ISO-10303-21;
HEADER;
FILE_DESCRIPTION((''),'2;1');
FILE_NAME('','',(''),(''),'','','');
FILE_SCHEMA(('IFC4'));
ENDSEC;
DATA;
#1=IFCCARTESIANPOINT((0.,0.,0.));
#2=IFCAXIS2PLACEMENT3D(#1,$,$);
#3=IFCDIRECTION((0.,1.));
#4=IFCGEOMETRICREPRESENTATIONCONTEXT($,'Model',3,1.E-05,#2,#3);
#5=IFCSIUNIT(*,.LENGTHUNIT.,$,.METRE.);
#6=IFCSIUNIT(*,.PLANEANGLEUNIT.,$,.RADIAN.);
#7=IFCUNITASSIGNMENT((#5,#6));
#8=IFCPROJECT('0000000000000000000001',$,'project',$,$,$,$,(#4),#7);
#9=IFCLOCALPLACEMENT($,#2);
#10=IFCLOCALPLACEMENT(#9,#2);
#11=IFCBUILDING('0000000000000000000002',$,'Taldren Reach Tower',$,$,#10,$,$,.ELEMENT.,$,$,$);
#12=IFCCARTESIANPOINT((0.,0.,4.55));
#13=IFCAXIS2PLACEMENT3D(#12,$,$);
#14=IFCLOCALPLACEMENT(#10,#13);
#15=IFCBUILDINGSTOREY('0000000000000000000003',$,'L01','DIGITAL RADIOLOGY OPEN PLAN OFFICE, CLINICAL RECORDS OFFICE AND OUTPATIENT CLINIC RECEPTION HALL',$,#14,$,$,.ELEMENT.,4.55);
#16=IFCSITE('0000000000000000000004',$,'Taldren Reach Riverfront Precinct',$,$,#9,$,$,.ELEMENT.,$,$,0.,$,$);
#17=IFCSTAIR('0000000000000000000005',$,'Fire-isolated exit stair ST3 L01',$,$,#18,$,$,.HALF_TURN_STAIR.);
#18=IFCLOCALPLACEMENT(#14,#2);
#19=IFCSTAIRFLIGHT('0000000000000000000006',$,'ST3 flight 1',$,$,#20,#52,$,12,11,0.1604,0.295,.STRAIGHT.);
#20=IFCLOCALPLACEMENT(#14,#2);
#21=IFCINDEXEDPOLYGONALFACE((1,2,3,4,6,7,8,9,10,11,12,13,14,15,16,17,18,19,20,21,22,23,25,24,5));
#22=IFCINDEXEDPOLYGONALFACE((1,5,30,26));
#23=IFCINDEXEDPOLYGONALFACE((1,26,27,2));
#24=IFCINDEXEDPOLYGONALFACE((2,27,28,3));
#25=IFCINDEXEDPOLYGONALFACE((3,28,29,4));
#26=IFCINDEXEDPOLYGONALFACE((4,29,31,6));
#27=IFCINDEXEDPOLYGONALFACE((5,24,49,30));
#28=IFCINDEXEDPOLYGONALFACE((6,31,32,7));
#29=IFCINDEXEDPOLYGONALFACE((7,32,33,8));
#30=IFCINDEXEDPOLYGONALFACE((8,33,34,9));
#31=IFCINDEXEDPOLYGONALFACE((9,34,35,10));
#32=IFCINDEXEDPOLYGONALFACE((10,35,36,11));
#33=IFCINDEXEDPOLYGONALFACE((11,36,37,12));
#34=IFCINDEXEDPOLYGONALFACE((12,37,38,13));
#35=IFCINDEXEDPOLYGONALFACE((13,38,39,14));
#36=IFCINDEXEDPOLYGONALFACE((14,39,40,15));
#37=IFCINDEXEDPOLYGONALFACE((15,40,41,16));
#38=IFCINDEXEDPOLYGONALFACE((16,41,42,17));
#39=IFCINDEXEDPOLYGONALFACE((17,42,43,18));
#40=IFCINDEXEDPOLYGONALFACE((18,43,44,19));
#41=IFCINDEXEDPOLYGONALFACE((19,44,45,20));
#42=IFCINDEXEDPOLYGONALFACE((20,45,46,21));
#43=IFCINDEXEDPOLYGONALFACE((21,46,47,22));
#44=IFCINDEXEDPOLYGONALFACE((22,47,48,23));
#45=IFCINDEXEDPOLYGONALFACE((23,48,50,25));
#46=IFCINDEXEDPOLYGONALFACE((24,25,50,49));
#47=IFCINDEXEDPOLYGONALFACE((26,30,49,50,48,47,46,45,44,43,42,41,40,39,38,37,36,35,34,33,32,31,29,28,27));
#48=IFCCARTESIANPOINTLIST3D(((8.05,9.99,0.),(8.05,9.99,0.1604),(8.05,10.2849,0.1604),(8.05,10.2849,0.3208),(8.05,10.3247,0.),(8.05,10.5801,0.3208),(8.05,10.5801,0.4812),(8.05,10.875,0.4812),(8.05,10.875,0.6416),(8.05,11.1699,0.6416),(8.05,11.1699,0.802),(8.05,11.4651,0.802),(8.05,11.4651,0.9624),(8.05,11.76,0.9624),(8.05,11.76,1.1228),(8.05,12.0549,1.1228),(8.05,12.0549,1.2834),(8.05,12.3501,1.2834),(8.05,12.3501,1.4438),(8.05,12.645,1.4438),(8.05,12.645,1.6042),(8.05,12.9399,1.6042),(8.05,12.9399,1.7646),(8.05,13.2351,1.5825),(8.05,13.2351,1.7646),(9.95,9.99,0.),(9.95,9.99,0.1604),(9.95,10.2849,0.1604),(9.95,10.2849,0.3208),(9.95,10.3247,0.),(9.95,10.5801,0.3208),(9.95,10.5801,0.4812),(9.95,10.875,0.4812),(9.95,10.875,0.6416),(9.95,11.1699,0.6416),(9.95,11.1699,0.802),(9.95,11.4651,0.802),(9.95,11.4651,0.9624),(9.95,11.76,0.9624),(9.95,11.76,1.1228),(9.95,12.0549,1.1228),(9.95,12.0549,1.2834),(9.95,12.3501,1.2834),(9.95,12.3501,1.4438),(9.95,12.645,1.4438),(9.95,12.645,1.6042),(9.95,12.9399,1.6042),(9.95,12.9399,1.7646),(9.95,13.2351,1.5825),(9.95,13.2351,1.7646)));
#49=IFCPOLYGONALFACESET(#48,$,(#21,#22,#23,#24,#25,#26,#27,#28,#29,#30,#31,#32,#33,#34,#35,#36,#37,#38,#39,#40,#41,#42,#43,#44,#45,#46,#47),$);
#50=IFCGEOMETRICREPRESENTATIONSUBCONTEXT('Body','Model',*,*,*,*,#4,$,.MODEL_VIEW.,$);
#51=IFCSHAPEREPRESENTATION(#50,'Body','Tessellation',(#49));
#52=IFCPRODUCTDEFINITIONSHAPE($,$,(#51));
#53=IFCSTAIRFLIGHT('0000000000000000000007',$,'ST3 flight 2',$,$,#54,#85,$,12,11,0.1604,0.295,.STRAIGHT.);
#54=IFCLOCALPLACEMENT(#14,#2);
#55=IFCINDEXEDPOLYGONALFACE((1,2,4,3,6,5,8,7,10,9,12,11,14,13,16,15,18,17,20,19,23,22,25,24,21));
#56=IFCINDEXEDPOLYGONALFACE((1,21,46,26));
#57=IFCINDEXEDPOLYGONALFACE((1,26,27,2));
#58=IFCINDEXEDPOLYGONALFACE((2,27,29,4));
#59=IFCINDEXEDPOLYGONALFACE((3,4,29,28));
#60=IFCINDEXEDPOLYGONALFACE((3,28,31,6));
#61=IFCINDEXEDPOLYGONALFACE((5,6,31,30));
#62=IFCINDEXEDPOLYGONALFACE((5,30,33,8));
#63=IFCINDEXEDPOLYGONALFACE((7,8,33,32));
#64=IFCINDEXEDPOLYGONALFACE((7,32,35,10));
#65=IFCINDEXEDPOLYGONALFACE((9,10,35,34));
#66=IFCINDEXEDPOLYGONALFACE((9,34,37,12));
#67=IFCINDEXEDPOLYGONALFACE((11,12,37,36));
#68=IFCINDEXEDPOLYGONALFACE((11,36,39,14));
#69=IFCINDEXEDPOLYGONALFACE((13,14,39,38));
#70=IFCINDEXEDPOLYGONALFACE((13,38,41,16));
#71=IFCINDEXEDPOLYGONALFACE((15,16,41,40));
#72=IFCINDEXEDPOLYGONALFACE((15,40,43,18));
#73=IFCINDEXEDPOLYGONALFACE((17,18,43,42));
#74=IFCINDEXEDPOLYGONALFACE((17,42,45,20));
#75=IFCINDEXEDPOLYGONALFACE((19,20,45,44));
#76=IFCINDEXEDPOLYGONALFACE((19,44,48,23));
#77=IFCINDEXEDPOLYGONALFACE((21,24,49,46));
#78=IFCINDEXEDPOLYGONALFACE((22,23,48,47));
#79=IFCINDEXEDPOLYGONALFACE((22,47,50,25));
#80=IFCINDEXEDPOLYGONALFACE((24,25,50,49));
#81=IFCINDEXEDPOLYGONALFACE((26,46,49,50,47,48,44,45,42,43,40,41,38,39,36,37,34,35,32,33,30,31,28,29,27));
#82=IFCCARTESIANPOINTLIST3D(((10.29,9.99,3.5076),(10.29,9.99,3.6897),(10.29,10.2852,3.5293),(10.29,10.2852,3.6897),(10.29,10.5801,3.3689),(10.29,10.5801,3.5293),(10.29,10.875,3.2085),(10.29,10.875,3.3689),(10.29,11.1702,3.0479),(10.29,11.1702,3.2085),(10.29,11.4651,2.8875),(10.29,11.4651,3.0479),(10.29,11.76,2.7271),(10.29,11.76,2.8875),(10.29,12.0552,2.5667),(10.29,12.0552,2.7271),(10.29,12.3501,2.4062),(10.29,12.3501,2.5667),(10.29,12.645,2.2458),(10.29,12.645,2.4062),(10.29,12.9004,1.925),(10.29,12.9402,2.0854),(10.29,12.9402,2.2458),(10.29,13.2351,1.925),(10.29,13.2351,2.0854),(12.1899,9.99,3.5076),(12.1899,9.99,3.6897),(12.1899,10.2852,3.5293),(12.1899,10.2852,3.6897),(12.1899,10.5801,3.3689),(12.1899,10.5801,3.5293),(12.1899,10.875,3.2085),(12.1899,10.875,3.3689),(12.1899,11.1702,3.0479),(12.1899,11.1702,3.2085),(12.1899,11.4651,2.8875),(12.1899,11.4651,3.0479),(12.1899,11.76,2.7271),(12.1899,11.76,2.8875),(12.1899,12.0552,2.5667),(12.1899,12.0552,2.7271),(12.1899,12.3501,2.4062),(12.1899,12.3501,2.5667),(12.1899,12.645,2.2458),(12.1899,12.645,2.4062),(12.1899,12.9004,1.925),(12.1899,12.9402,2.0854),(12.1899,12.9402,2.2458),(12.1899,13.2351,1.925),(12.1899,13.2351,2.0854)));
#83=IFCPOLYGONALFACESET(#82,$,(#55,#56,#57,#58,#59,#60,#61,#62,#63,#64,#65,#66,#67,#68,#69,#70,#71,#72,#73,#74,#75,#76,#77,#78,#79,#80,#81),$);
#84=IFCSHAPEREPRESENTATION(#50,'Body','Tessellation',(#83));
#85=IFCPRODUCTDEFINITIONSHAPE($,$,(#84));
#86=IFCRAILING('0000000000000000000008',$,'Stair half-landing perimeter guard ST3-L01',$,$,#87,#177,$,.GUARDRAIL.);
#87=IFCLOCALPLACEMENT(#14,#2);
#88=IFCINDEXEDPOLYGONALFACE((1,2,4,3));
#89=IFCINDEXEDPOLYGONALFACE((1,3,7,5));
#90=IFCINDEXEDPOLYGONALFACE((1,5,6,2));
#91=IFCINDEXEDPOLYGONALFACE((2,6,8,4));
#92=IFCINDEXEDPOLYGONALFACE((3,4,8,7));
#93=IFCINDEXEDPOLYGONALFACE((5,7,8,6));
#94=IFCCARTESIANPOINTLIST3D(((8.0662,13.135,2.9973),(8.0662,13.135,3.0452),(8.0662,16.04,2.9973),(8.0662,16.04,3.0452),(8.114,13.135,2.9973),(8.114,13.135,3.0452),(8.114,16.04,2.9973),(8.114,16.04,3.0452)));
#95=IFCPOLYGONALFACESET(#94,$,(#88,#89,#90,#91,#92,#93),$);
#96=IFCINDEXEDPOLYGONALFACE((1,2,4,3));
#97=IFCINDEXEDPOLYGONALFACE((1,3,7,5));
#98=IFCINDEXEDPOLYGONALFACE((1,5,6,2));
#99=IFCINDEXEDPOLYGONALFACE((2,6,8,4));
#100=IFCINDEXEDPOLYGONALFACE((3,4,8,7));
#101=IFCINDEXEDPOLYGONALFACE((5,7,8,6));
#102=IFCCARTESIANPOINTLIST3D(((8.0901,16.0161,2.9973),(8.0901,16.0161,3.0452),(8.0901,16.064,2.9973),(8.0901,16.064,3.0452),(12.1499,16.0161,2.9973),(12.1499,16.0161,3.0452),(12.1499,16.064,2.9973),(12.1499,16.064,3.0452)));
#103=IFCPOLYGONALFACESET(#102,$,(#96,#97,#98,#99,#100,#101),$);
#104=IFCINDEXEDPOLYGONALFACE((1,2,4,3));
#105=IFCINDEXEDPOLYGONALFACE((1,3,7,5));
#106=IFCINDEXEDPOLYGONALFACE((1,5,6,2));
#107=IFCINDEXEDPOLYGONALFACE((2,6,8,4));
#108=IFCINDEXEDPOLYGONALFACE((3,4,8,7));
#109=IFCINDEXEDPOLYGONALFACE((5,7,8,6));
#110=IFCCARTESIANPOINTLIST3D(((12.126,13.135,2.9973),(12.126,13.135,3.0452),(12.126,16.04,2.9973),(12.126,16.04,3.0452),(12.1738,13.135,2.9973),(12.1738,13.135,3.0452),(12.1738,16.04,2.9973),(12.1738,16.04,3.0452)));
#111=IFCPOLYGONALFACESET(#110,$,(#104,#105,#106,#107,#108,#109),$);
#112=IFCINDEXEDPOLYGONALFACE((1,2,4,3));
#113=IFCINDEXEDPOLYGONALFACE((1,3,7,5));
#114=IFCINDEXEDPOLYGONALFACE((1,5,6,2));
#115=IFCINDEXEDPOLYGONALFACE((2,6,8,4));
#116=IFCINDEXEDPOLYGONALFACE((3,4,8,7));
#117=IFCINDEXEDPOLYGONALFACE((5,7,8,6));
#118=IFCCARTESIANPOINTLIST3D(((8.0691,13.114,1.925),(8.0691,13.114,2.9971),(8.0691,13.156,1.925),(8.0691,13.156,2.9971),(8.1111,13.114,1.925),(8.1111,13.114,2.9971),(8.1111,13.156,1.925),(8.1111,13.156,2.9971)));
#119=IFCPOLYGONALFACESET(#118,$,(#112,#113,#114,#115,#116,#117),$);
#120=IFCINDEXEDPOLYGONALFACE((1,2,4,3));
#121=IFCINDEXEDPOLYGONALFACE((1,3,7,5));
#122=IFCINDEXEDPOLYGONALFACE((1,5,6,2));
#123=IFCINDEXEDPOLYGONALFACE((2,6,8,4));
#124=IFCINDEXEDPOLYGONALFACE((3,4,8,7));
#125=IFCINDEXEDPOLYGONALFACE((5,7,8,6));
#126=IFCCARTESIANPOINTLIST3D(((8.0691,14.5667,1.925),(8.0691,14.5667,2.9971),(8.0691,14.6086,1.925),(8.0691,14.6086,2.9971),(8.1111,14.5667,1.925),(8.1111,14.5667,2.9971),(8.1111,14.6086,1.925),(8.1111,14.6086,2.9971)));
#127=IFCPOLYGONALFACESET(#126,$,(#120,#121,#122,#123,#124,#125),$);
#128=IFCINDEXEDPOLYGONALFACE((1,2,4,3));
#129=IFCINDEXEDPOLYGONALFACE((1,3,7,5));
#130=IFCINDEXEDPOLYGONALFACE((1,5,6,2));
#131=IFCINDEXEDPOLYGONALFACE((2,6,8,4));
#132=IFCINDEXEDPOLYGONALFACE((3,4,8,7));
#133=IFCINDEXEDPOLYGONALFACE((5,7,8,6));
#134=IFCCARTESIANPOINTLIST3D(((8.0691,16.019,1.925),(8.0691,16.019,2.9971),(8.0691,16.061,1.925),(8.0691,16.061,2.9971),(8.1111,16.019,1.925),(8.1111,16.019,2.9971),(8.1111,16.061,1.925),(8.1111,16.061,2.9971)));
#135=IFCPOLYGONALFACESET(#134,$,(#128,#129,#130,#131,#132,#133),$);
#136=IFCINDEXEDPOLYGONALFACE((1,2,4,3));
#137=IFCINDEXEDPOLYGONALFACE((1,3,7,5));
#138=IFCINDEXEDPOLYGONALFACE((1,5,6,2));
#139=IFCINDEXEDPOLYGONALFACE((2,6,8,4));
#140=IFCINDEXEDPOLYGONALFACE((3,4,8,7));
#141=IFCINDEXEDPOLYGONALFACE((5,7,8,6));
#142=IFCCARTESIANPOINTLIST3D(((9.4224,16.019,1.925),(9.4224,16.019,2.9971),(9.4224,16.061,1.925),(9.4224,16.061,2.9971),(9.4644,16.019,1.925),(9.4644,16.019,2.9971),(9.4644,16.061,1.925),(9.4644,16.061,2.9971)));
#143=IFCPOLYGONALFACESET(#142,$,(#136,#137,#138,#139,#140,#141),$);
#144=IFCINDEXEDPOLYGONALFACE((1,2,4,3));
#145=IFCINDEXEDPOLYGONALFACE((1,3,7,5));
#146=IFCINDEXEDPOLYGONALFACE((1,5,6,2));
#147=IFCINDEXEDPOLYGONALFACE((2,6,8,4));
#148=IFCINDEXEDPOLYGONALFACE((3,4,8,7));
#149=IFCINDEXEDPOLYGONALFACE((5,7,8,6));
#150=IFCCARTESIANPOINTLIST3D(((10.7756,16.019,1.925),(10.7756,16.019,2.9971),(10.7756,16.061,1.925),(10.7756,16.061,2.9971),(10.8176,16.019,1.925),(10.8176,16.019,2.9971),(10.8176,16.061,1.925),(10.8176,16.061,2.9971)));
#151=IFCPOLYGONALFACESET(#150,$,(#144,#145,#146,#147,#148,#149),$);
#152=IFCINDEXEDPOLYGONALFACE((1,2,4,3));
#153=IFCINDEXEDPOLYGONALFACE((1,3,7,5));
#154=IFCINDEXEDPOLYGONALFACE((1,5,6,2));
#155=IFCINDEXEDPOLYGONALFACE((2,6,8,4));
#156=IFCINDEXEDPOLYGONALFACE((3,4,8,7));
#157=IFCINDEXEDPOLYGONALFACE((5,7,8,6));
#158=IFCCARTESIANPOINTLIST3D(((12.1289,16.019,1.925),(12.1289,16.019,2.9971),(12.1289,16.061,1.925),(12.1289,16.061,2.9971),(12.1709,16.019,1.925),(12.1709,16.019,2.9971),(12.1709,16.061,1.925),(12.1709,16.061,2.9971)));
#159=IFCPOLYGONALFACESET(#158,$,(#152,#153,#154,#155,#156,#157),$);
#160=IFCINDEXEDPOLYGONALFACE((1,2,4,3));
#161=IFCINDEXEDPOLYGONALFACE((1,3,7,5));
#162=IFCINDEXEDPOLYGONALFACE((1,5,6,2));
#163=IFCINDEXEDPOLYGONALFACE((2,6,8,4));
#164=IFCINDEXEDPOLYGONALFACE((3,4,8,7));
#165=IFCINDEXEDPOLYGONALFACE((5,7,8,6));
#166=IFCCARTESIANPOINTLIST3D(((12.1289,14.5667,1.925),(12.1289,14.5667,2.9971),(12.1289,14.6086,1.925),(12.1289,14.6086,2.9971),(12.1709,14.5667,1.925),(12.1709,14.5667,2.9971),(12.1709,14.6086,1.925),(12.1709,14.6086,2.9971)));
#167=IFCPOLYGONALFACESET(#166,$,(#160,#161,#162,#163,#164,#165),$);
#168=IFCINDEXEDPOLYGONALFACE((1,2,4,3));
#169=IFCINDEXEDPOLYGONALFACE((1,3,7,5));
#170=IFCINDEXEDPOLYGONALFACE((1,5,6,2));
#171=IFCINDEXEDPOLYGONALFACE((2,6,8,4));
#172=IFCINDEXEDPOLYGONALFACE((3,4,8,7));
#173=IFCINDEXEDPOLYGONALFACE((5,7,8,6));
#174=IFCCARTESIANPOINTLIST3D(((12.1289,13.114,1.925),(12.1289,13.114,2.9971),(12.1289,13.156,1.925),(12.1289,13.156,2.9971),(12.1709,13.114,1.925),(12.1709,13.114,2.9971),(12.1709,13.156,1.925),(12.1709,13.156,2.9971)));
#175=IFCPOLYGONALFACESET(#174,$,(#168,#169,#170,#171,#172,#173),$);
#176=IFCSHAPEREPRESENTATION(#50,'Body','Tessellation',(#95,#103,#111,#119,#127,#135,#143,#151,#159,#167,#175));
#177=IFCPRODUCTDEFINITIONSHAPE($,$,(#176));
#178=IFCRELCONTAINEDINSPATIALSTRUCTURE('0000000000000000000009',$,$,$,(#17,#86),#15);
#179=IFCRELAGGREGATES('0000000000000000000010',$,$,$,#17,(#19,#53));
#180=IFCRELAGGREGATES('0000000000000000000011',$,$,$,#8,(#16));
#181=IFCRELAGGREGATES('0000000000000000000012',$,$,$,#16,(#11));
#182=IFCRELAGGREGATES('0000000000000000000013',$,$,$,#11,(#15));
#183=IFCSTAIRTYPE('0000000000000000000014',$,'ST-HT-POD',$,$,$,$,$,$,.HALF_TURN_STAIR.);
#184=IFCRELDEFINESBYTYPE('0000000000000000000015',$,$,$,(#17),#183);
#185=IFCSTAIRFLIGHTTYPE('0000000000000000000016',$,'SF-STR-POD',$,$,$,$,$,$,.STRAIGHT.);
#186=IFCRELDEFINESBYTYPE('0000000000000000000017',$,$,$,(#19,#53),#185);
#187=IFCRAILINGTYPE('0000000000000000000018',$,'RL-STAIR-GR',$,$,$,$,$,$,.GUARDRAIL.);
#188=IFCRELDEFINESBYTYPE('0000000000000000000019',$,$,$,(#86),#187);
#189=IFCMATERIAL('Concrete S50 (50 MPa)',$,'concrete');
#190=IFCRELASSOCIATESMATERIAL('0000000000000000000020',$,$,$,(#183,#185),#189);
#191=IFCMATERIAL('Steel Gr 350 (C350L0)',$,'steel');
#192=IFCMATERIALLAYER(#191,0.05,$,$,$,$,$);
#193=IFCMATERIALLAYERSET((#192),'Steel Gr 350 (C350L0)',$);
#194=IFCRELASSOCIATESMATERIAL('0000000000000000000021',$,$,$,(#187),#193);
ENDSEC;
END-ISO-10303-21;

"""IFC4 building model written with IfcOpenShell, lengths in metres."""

from ifc_helpers import new_model, si_unit, direction, frame, origin, origin_2d, place, context, subcontext, project, spatial, polyline, rectangle, outline, extrude, material, layer, layer_set, type_object, element, aggregate, save


model = new_model("IFC4")

# Units and contexts
model_context = context("Model", 3, precision=1e-05, world=origin(), true_north=direction((0.0, 1.0)))
body_context = subcontext(model_context, "Body", "Model", "MODEL_VIEW")
ifc_project = project(units=[si_unit("LENGTHUNIT", "METRE"), si_unit("PLANEANGLEUNIT", "RADIAN")], contexts=[model_context])

# Site, building, storey
site_placement = place(None, origin())
site = spatial("IfcSite", under=ifc_project, at=site_placement, Name="Taldren Reach Riverfront Precinct", CompositionType="ELEMENT", RefElevation=0.0)
building_placement = place(site_placement, origin())
building = spatial("IfcBuilding", under=site, at=building_placement, Name="Taldren Reach Tower", CompositionType="ELEMENT")
storey_placement = place(building_placement, frame((0.0, 0.0, 4.55)))
storey = spatial("IfcBuildingStorey", under=building, at=storey_placement, Name="L01", Description="DIGITAL RADIOLOGY OPEN PLAN OFFICE, CLINICAL RECORDS OFFICE AND OUTPATIENT CLINIC RECEPTION HALL", CompositionType="ELEMENT", Elevation=4.55)

# Shared definitions
ifc_material_1 = material(Name="Steel Gr 350 (C350L0)", Category="steel")

# Stair, stair flights
ifc_material_2 = material(Name="Concrete S50 (50 MPa)", Category="concrete")
stair_type = type_object("IfcStairType", Name="ST-HT-POD", PredefinedType="HALF_TURN_STAIR", material=ifc_material_2)
stair_placement = place(storey_placement, origin())
stair = element("IfcStair", 1, at=stair_placement, inside=storey, type_object=stair_type, Name="Fire-isolated exit stair ST3 L01", PredefinedType="HALF_TURN_STAIR")
stair_flight_type = type_object("IfcStairFlightType", Name="SF-STR-POD", PredefinedType="STRAIGHT", material=ifc_material_2)
stair_flight_1_placement = place(storey_placement, frame((9.0, 9.99, 0.0), z_axis=(0.0, 0.0, 1.0), x_axis=(0.0, 1.0, 0.0)))
stair_flight_1 = element("IfcStairFlight", 2, at=stair_flight_1_placement, type_object=stair_flight_type, Name="ST3 flight 1", NumberOfRisers=12, NumberOfTreads=11, PredefinedType="STRAIGHT", RiserHeight=0.1604, TreadLength=0.295, context=body_context, shape_type="SweptSolid", body=[
    extrude(outline(polyline([(0.0, 0.0), (0.0, 0.1604), (0.2949, 0.1604), (0.2949, 0.3208), (0.5901, 0.3208), (0.5901, 0.4812), (0.885, 0.4812), (0.885, 0.6416), (1.1799, 0.6416), (1.1799, 0.802), (1.4751, 0.802), (1.4751, 0.9624), (1.77, 0.9624), (1.77, 1.1228), (2.0649, 1.1228), (2.0649, 1.2834), (2.3601, 1.2834), (2.3601, 1.4438), (2.655, 1.4438), (2.655, 1.6042), (2.95, 1.6042), (2.95, 1.7646), (3.2451, 1.7646), (3.2451, 1.925), (3.2451, 1.5825), (0.3347, 0.0), (0.0, 0.0)])), frame((0.0, 0.95, 0.0), z_axis=(0.0, -1.0, 0.0), x_axis=(1.0, 0.0, 0.0)), (0.0, 0.0, 1.0), 1.8999),
])
stair_flight_2_placement = place(storey_placement, frame((11.24, 13.2351, 1.925), z_axis=(0.0, 0.0, 1.0), x_axis=(0.0, -1.0, 0.0)))
stair_flight_2 = element("IfcStairFlight", 3, at=stair_flight_2_placement, type_object=stair_flight_type, Name="ST3 flight 2", NumberOfRisers=12, NumberOfTreads=11, PredefinedType="STRAIGHT", RiserHeight=0.1604, TreadLength=0.295, context=body_context, shape_type="SweptSolid", body=[
    extrude(outline(polyline([(0.0, 0.0), (0.0, 0.1604), (0.2949, 0.1604), (0.2949, 0.3208), (0.5901, 0.3208), (0.5901, 0.4812), (0.885, 0.4812), (0.885, 0.6416), (1.1799, 0.6416), (1.1799, 0.802), (1.4751, 0.802), (1.4751, 0.9624), (1.77, 0.9624), (1.77, 1.1228), (2.0649, 1.1228), (2.0649, 1.2834), (2.3601, 1.2834), (2.3601, 1.4438), (2.655, 1.4438), (2.655, 1.6042), (2.95, 1.6042), (2.95, 1.7646), (3.2451, 1.7646), (3.2451, 1.925), (3.2451, 1.5825), (0.3347, 0.0), (0.0, 0.0)])), frame((0.0, 0.95, 0.0), z_axis=(0.0, -1.0, 0.0), x_axis=(1.0, 0.0, 0.0)), (0.0, 0.0, 1.0), 1.8999),
])
aggregate(stair, [stair_flight_1, stair_flight_2])

# Railing
ifc_layer_1 = layer(ifc_material_1, 0.05)
ifc_layer_set_1 = layer_set([ifc_layer_1], Name="Steel Gr 350 (C350L0)")
railing_type_1 = type_object("IfcRailingType", Name="RL-STAIR-GR", PredefinedType="GUARDRAIL", material=ifc_layer_set_1)
railing_1_placement = place(storey_placement, frame((8.0901, 13.135, 1.925)))
element("IfcRailing", 4, at=railing_1_placement, inside=storey, type_object=railing_type_1, Name="Stair half-landing perimeter guard ST3-L01", PredefinedType="GUARDRAIL", context=body_context, shape_type="SweptSolid", body=[
    extrude(rectangle(XDim=0.0479, YDim=0.0479, at=origin_2d()), frame((0.0, 0.0, 1.0962), z_axis=(0.0, 1.0, 0.0), x_axis=(-1.0, 0.0, 0.0)), (0.0, 0.0, 1.0), 2.905),
    extrude(rectangle(XDim=0.0479, YDim=0.0479, at=origin_2d()), frame((0.0, 2.905, 1.0962), z_axis=(1.0, 0.0, 0.0), x_axis=(0.0, 1.0, 0.0)), (0.0, 0.0, 1.0), 4.0598),
    extrude(rectangle(XDim=0.0479, YDim=0.0479, at=origin_2d()), frame((4.0598, 2.905, 1.0962), z_axis=(0.0, -1.0, 0.0), x_axis=(1.0, 0.0, 0.0)), (0.0, 0.0, 1.0), 2.905),
    extrude(rectangle(XDim=0.042, YDim=0.042, at=origin_2d()), origin(), (0.0, 0.0, 1.0), 1.072),
    extrude(rectangle(XDim=0.042, YDim=0.042, at=origin_2d()), frame((0.0, 1.4526, 0.0)), (0.0, 0.0, 1.0), 1.072),
    extrude(rectangle(XDim=0.042, YDim=0.042, at=origin_2d()), frame((0.0, 2.905, 0.0)), (0.0, 0.0, 1.0), 1.072),
    extrude(rectangle(XDim=0.042, YDim=0.042, at=origin_2d()), frame((1.3533, 2.905, 0.0)), (0.0, 0.0, 1.0), 1.072),
    extrude(rectangle(XDim=0.042, YDim=0.042, at=origin_2d()), frame((2.7065, 2.905, 0.0)), (0.0, 0.0, 1.0), 1.072),
    extrude(rectangle(XDim=0.042, YDim=0.042, at=origin_2d()), frame((4.0598, 2.905, 0.0)), (0.0, 0.0, 1.0), 1.072),
    extrude(rectangle(XDim=0.042, YDim=0.042, at=origin_2d()), frame((4.0598, 1.4526, 0.0)), (0.0, 0.0, 1.0), 1.072),
    extrude(rectangle(XDim=0.042, YDim=0.042, at=origin_2d()), frame((4.0598, 0.0, 0.0)), (0.0, 0.0, 1.0), 1.072),
])

save(model, "model.ifc")
